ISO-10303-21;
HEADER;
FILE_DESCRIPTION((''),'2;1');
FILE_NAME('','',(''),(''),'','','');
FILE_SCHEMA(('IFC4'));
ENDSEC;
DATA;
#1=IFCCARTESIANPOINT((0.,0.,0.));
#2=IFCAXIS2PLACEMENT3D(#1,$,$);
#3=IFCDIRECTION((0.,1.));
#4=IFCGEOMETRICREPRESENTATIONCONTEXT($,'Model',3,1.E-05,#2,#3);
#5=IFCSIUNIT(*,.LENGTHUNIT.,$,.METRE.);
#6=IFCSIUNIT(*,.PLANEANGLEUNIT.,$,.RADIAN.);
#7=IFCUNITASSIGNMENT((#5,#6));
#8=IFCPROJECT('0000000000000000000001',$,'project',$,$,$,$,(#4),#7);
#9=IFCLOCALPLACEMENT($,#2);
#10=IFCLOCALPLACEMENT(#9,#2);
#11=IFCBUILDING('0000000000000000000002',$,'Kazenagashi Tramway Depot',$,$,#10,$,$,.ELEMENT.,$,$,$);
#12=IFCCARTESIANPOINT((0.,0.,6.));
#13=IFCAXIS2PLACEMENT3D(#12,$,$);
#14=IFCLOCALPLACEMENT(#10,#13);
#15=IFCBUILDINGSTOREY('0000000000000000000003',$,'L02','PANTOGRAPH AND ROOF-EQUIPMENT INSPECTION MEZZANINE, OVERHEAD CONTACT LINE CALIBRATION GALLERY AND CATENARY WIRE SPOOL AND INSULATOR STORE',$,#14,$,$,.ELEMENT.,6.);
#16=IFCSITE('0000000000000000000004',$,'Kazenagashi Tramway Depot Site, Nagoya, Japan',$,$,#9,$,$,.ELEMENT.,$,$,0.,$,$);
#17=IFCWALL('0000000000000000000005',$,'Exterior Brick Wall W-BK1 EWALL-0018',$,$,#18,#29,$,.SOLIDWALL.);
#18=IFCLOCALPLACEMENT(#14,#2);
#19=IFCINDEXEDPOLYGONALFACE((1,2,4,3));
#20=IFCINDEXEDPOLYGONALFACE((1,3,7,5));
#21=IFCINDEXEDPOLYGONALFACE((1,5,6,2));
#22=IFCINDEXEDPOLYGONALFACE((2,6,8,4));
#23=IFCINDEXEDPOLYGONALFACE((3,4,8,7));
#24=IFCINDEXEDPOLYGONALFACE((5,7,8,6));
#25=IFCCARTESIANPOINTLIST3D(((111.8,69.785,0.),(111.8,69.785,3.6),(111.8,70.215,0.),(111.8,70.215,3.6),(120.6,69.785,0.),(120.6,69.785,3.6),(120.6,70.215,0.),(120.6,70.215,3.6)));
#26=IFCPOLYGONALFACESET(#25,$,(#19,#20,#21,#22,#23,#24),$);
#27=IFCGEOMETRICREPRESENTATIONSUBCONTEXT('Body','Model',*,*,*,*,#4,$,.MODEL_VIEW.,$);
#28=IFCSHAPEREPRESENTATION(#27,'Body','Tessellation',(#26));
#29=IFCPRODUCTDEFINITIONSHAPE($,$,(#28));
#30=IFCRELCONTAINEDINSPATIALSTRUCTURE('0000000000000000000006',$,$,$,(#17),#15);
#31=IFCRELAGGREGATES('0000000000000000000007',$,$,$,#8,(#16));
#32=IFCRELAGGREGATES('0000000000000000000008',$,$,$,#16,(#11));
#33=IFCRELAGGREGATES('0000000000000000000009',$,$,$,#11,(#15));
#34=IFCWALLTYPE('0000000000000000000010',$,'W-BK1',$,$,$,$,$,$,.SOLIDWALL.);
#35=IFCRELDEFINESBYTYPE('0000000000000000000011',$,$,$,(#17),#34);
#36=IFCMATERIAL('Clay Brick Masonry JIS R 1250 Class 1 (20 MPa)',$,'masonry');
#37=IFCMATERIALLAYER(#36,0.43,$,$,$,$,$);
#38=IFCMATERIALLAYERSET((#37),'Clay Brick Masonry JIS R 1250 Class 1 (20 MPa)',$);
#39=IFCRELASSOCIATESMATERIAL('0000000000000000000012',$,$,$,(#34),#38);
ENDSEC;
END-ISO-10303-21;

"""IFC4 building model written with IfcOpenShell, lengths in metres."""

from ifc_helpers import new_model, si_unit, direction, frame, frame_2d, origin, place, context, subcontext, project, spatial, rectangle, extrude, material, layer, layer_set, type_object, element, save


model = new_model("IFC4")

# Units and contexts
model_context = context("Model", 3, precision=1e-05, world=origin(), true_north=direction((0.0, 1.0)))
body_context = subcontext(model_context, "Body", "Model", "MODEL_VIEW")
ifc_project = project(units=[si_unit("LENGTHUNIT", "METRE"), si_unit("PLANEANGLEUNIT", "RADIAN")], contexts=[model_context])

# Site, building, storey
site_placement = place(None, origin())
site = spatial("IfcSite", under=ifc_project, at=site_placement, Name="Kazenagashi Tramway Depot Site, Nagoya, Japan", CompositionType="ELEMENT", RefElevation=0.0)
building_placement = place(site_placement, origin())
building = spatial("IfcBuilding", under=site, at=building_placement, Name="Kazenagashi Tramway Depot", CompositionType="ELEMENT")
storey_placement = place(building_placement, frame((0.0, 0.0, 6.0)))
storey = spatial("IfcBuildingStorey", under=building, at=storey_placement, Name="L02", Description="PANTOGRAPH AND ROOF-EQUIPMENT INSPECTION MEZZANINE, OVERHEAD CONTACT LINE CALIBRATION GALLERY AND CATENARY WIRE SPOOL AND INSULATOR STORE", CompositionType="ELEMENT", Elevation=6.0)

# Wall
ifc_material_1 = material(Name="Clay Brick Masonry JIS R 1250 Class 1 (20 MPa)", Category="masonry")
ifc_layer_1 = layer(ifc_material_1, 0.43)
ifc_layer_set_1 = layer_set([ifc_layer_1], Name="Clay Brick Masonry JIS R 1250 Class 1 (20 MPa)")
wall_type = type_object("IfcWallType", Name="W-BK1", PredefinedType="SOLIDWALL", material=ifc_layer_set_1)
wall_placement = place(storey_placement, frame((111.8, 70.0, 0.0), z_axis=(0.0, 0.0, 1.0), x_axis=(1.0, 0.0, 0.0)))
element("IfcWall", 1, at=wall_placement, inside=storey, type_object=wall_type, Name="Exterior Brick Wall W-BK1 EWALL-0018", PredefinedType="SOLIDWALL", context=body_context, shape_type="SweptSolid", body=[
    extrude(rectangle(XDim=8.8, YDim=0.43, at=frame_2d((4.4, 0.0))), origin(), (0.0, 0.0, 1.0), 3.6),
])

save(model, "model.ifc")
